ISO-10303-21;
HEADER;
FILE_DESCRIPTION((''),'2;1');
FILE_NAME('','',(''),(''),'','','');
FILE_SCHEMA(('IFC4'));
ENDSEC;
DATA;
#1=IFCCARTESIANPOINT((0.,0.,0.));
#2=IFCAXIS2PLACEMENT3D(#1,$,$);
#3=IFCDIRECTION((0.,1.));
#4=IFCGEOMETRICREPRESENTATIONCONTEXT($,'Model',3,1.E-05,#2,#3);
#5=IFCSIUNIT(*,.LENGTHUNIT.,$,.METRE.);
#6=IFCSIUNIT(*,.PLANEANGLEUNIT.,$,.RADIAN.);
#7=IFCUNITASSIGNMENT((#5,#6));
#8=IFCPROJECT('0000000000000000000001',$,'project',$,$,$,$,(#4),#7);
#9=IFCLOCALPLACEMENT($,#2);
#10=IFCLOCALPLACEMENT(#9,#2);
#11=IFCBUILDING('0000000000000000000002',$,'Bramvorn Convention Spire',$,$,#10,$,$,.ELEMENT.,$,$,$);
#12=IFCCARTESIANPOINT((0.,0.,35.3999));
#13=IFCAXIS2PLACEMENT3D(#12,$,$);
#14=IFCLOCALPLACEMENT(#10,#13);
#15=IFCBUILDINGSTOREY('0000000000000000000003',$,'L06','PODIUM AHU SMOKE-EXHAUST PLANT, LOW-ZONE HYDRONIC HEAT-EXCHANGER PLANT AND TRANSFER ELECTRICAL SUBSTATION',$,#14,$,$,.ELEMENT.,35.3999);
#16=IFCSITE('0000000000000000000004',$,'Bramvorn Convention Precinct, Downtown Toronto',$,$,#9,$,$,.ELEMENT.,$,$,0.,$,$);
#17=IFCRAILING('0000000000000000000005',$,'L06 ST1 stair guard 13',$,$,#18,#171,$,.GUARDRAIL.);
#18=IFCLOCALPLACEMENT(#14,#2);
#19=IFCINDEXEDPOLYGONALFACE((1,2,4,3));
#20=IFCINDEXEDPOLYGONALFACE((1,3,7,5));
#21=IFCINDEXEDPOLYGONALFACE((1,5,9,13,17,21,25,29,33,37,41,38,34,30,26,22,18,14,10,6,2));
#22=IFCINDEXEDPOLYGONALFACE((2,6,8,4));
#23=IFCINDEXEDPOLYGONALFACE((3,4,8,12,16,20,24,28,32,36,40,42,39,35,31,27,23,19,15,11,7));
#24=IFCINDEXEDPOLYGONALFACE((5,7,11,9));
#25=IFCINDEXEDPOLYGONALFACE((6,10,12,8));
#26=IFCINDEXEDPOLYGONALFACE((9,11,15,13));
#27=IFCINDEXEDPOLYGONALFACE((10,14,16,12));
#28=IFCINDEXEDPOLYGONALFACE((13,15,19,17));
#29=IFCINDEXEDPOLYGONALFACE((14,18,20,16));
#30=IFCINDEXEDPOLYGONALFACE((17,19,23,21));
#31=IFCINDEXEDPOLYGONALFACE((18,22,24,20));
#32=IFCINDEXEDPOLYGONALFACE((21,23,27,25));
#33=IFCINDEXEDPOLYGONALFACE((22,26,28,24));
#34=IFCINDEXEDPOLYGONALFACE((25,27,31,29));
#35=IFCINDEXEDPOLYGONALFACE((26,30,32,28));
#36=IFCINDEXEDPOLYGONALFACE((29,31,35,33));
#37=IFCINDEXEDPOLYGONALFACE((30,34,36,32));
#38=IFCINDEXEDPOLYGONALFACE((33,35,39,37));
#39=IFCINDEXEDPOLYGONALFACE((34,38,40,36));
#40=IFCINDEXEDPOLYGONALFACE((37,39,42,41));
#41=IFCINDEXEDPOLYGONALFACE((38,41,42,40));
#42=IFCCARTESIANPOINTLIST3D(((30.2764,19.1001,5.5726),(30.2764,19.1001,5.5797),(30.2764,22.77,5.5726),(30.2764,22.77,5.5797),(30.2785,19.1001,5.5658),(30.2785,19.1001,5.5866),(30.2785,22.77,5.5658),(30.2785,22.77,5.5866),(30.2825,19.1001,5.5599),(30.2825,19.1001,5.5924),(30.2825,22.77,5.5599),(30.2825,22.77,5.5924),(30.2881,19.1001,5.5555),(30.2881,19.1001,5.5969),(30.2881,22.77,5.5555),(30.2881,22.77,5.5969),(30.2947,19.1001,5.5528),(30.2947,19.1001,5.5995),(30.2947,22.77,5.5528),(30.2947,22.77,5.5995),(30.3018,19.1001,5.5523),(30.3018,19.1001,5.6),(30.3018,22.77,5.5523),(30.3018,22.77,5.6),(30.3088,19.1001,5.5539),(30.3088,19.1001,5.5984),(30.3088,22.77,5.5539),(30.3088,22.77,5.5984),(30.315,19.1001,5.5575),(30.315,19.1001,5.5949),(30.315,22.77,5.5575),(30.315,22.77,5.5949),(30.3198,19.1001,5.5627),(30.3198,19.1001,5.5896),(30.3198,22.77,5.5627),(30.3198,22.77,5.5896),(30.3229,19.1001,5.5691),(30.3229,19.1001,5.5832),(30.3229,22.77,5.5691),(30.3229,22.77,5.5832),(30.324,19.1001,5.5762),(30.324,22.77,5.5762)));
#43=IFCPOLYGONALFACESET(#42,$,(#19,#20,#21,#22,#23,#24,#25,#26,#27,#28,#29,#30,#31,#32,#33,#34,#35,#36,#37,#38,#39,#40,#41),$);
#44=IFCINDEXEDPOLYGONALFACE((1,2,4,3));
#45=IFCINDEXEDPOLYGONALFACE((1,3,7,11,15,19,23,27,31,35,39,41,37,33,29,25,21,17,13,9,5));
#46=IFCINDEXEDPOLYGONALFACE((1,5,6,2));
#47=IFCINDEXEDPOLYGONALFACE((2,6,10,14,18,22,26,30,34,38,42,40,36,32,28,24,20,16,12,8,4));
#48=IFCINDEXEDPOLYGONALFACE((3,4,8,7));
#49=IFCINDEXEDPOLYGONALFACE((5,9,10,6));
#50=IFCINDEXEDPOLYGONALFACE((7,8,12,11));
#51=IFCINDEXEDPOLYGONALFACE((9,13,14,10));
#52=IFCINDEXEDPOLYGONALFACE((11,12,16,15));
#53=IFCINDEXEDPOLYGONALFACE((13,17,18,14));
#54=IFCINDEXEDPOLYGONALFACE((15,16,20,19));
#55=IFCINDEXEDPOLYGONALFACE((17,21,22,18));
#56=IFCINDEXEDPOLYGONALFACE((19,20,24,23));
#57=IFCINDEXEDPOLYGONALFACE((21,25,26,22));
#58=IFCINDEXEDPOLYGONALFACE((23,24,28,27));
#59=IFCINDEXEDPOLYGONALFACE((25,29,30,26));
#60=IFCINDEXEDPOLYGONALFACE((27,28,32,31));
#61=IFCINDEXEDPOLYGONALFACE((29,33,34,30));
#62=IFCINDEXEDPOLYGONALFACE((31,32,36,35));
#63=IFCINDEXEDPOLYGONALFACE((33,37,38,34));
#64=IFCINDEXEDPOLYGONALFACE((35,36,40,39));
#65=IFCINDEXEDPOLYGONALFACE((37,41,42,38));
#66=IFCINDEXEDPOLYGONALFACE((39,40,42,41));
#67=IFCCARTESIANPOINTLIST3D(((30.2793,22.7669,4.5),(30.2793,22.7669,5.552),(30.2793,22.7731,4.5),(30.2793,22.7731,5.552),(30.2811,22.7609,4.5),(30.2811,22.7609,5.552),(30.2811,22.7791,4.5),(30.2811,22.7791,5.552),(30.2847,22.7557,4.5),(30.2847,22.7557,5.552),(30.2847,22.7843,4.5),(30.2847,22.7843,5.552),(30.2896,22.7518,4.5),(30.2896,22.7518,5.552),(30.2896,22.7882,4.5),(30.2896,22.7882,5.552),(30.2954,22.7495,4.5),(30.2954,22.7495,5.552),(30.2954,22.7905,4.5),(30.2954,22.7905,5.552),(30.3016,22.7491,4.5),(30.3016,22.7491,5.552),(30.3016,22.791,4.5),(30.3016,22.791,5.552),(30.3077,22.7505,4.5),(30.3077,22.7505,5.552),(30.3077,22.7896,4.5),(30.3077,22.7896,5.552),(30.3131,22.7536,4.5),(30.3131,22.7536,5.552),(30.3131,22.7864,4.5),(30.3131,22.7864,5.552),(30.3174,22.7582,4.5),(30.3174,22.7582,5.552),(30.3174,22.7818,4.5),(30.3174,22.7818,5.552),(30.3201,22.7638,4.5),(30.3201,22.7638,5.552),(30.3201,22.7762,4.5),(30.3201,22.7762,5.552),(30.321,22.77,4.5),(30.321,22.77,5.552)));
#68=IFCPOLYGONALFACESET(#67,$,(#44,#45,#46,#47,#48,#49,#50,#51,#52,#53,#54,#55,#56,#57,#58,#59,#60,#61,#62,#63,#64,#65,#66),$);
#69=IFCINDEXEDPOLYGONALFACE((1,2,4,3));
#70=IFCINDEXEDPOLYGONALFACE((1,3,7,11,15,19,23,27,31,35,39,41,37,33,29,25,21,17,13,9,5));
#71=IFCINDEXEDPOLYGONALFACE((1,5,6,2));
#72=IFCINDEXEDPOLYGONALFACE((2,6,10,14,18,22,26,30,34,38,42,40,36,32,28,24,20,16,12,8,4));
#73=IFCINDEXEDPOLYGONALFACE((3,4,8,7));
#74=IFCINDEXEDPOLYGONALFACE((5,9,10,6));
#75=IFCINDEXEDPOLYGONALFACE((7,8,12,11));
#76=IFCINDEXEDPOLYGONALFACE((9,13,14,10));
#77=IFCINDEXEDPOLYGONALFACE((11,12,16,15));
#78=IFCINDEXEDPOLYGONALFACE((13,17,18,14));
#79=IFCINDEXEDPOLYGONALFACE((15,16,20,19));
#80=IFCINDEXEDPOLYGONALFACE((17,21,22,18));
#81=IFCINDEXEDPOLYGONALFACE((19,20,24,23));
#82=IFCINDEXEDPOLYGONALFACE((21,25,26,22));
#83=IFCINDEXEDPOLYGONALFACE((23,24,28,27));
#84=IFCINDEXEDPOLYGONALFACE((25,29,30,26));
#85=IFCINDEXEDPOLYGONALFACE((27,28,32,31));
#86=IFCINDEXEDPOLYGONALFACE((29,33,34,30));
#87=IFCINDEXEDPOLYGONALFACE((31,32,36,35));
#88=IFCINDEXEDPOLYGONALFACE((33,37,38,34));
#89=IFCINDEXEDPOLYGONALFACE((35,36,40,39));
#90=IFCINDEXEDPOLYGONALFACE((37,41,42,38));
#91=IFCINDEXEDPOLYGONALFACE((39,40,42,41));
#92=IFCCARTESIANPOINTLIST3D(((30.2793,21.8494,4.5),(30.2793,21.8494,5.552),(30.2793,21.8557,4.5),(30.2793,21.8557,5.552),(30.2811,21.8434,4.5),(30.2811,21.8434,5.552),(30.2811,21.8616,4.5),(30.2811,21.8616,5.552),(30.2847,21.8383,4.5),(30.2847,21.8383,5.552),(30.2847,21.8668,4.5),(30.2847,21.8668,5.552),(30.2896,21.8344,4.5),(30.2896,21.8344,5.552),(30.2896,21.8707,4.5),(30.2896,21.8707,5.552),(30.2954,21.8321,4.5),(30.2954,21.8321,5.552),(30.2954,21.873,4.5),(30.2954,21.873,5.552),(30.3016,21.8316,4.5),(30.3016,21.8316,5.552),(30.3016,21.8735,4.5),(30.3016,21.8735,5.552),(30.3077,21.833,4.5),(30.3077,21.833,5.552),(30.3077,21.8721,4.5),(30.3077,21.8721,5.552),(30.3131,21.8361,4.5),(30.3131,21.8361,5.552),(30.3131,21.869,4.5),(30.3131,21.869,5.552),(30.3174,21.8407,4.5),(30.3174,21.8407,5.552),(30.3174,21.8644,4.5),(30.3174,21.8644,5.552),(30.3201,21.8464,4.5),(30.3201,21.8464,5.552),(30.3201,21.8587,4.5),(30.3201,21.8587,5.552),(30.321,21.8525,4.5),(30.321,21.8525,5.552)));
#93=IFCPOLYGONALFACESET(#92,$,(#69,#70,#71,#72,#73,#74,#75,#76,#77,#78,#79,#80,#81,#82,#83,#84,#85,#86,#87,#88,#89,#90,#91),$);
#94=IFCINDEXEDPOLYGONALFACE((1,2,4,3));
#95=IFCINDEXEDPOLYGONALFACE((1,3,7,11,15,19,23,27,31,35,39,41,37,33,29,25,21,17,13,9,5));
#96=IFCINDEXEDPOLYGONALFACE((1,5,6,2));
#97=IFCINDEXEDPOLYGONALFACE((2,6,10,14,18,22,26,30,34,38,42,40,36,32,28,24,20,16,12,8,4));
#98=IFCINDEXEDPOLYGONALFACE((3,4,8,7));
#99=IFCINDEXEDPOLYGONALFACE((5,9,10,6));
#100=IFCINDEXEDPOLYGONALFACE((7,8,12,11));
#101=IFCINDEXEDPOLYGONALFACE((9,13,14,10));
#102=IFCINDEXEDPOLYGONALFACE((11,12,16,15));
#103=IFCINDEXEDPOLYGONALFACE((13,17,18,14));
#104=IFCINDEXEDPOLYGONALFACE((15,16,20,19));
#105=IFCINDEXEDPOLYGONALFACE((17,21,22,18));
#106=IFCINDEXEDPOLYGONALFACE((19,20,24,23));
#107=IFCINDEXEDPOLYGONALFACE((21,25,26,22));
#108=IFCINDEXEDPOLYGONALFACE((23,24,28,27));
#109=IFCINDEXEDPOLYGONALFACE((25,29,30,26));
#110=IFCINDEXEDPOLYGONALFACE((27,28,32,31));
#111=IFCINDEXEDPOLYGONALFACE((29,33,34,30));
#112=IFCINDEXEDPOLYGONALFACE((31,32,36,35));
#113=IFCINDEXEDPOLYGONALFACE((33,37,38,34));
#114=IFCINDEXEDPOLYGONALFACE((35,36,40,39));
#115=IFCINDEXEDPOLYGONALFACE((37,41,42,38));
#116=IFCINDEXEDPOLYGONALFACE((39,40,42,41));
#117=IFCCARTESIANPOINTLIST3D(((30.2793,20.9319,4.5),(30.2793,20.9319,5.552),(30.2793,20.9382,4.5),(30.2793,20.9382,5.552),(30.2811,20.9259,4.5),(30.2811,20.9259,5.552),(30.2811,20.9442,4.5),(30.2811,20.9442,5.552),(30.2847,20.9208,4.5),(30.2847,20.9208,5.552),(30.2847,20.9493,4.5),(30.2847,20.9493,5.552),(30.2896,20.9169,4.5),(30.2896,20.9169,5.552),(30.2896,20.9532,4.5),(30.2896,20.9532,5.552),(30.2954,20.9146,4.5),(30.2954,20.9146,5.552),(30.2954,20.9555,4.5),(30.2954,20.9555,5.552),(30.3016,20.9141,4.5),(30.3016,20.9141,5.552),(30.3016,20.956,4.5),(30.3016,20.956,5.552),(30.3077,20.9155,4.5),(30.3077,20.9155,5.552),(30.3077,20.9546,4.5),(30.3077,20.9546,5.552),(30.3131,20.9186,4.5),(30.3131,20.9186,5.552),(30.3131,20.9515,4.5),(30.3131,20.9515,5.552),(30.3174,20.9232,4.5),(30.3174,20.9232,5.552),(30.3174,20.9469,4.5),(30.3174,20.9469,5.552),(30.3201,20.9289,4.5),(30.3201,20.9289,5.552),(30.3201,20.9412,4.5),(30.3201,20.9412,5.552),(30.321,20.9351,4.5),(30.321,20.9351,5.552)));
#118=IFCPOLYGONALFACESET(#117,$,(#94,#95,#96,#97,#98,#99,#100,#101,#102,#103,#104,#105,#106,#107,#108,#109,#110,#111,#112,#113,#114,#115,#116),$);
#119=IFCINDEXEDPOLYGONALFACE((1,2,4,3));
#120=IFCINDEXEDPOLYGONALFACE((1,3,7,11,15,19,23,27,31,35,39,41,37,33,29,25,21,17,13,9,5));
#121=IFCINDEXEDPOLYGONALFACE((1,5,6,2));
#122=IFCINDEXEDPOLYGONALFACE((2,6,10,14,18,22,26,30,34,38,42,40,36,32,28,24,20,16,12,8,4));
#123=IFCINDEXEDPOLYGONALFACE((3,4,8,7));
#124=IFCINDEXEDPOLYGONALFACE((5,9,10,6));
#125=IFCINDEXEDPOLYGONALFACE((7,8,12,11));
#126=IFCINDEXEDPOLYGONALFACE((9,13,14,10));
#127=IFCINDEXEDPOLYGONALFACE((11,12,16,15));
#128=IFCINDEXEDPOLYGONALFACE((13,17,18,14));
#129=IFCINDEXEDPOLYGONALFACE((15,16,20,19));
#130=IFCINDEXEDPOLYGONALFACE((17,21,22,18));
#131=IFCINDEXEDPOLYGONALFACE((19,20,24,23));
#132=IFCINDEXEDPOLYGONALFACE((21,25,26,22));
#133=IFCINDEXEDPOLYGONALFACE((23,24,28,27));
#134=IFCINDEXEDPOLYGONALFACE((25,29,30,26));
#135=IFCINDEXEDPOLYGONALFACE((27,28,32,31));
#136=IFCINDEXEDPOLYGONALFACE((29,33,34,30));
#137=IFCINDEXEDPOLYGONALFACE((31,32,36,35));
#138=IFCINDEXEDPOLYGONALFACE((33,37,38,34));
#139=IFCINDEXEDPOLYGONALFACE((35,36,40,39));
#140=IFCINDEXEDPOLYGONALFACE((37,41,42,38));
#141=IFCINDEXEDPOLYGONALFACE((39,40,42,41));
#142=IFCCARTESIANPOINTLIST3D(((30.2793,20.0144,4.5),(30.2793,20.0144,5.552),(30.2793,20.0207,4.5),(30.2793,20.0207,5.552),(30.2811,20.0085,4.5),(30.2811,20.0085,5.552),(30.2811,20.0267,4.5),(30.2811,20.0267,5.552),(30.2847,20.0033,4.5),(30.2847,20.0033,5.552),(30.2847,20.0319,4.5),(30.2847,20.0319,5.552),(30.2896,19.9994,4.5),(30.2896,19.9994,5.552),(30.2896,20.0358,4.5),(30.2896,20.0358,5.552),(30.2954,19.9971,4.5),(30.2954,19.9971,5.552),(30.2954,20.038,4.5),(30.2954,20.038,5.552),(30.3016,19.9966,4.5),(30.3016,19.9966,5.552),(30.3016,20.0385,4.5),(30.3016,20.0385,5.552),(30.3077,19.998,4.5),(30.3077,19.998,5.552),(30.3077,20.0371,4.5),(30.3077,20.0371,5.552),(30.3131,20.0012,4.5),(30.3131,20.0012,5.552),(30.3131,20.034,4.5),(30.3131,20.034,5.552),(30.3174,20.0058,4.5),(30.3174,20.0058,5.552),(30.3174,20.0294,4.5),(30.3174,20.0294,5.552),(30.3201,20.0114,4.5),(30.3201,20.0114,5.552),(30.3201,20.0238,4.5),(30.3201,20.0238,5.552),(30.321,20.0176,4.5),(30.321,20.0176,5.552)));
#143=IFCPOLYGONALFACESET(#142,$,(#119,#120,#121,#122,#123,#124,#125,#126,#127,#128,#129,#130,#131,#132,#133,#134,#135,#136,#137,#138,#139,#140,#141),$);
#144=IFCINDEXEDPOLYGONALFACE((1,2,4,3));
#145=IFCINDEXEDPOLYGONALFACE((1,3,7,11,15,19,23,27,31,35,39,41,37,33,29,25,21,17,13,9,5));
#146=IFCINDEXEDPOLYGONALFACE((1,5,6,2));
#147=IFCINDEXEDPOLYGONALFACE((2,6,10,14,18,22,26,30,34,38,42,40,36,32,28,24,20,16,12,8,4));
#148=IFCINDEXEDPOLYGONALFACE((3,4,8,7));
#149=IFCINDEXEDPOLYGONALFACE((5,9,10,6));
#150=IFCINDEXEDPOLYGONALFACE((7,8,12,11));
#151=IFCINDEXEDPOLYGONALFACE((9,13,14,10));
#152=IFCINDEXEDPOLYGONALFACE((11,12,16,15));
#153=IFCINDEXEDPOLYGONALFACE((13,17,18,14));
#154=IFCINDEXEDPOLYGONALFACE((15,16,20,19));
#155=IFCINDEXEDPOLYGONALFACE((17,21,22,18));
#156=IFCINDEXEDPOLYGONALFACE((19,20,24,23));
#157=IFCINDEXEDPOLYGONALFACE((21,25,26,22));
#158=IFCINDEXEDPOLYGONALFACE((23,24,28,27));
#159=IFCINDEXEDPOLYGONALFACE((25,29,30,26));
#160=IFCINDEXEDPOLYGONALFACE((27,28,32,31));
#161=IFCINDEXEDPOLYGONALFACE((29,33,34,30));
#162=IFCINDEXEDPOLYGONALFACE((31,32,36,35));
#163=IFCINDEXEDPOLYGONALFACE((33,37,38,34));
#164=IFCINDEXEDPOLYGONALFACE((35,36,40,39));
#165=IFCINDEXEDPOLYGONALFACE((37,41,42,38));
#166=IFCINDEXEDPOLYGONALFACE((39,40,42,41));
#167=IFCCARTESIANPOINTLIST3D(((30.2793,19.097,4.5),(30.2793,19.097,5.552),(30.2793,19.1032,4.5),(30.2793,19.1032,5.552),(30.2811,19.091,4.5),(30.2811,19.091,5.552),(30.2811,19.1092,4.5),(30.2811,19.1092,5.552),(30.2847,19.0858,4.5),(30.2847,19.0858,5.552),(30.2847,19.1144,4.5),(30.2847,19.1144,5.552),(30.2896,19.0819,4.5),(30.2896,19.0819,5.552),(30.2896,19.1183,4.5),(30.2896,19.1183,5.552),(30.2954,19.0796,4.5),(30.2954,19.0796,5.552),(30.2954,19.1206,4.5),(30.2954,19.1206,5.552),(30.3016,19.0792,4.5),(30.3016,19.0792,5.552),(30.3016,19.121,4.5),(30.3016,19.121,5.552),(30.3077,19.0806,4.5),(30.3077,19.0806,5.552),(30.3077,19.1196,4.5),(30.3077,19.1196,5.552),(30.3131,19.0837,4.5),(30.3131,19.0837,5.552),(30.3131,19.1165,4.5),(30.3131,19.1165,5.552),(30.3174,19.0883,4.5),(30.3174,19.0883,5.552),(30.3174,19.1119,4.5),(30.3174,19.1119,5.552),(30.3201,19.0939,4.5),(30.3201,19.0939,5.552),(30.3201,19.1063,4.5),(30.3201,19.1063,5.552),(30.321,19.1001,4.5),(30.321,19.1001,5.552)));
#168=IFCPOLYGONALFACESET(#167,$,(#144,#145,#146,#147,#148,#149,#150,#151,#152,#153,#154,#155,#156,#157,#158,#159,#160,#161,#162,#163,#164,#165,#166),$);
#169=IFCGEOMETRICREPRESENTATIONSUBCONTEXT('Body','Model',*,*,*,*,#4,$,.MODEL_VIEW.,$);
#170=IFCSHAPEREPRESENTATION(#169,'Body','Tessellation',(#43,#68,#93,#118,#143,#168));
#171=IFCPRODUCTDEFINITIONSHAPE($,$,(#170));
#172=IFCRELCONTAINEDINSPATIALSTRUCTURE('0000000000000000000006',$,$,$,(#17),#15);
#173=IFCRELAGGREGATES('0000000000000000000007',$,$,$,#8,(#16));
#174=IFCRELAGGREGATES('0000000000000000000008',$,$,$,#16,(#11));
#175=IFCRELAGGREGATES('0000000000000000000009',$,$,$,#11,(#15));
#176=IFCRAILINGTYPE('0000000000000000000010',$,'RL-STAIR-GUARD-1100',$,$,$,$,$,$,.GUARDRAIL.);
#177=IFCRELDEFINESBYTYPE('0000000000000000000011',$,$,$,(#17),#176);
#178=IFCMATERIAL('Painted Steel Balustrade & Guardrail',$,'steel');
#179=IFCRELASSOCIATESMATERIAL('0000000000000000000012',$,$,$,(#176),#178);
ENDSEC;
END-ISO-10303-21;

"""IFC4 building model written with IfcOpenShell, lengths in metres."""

from ifc_helpers import new_model, si_unit, direction, frame, origin, origin_2d, place, context, subcontext, project, spatial, circle, extrude, material, type_object, element, save


model = new_model("IFC4")

# Units and contexts
model_context = context("Model", 3, precision=1e-05, world=origin(), true_north=direction((0.0, 1.0)))
body_context = subcontext(model_context, "Body", "Model", "MODEL_VIEW")
ifc_project = project(units=[si_unit("LENGTHUNIT", "METRE"), si_unit("PLANEANGLEUNIT", "RADIAN")], contexts=[model_context])

# Site, building, storey
site_placement = place(None, origin())
site = spatial("IfcSite", under=ifc_project, at=site_placement, Name="Bramvorn Convention Precinct, Downtown Toronto", CompositionType="ELEMENT", RefElevation=0.0)
building_placement = place(site_placement, origin())
building = spatial("IfcBuilding", under=site, at=building_placement, Name="Bramvorn Convention Spire", CompositionType="ELEMENT")
storey_placement = place(building_placement, frame((0.0, 0.0, 35.3999)))
storey = spatial("IfcBuildingStorey", under=building, at=storey_placement, Name="L06", Description="PODIUM AHU SMOKE-EXHAUST PLANT, LOW-ZONE HYDRONIC HEAT-EXCHANGER PLANT AND TRANSFER ELECTRICAL SUBSTATION", CompositionType="ELEMENT", Elevation=35.3999)

# Railing
ifc_material_1 = material(Name="Painted Steel Balustrade & Guardrail", Category="steel")
railing_type_1 = type_object("IfcRailingType", Name="RL-STAIR-GUARD-1100", PredefinedType="GUARDRAIL", material=ifc_material_1)
for number, where, name in (
    (1, (30.3, 22.77, 4.5), "L06 ST1 stair guard 13"),
):
    element("IfcRailing", number, at=place(storey_placement, frame(where)), inside=storey, type_object=railing_type_1, Name=name, PredefinedType="GUARDRAIL", context=body_context, shape_type="SweptSolid", body=[
        extrude(circle(Radius=0.0239, at=origin_2d()), frame((0.0, 0.0, 1.0762), z_axis=(0.0, -1.0, 0.0), x_axis=(1.0, 0.0, 0.0)), (0.0, 0.0, 1.0), 3.6699),
        extrude(circle(Radius=0.021, at=origin_2d()), origin(), (0.0, 0.0, 1.0), 1.052),
        extrude(circle(Radius=0.021, at=origin_2d()), frame((0.0, -0.9175, 0.0)), (0.0, 0.0, 1.0), 1.052),
        extrude(circle(Radius=0.021, at=origin_2d()), frame((0.0, -1.835, 0.0)), (0.0, 0.0, 1.0), 1.052),
        extrude(circle(Radius=0.021, at=origin_2d()), frame((0.0, -2.7524, 0.0)), (0.0, 0.0, 1.0), 1.052),
        extrude(circle(Radius=0.021, at=origin_2d()), frame((0.0, -3.6699, 0.0)), (0.0, 0.0, 1.0), 1.052),
    ])

save(model, "model.ifc")
